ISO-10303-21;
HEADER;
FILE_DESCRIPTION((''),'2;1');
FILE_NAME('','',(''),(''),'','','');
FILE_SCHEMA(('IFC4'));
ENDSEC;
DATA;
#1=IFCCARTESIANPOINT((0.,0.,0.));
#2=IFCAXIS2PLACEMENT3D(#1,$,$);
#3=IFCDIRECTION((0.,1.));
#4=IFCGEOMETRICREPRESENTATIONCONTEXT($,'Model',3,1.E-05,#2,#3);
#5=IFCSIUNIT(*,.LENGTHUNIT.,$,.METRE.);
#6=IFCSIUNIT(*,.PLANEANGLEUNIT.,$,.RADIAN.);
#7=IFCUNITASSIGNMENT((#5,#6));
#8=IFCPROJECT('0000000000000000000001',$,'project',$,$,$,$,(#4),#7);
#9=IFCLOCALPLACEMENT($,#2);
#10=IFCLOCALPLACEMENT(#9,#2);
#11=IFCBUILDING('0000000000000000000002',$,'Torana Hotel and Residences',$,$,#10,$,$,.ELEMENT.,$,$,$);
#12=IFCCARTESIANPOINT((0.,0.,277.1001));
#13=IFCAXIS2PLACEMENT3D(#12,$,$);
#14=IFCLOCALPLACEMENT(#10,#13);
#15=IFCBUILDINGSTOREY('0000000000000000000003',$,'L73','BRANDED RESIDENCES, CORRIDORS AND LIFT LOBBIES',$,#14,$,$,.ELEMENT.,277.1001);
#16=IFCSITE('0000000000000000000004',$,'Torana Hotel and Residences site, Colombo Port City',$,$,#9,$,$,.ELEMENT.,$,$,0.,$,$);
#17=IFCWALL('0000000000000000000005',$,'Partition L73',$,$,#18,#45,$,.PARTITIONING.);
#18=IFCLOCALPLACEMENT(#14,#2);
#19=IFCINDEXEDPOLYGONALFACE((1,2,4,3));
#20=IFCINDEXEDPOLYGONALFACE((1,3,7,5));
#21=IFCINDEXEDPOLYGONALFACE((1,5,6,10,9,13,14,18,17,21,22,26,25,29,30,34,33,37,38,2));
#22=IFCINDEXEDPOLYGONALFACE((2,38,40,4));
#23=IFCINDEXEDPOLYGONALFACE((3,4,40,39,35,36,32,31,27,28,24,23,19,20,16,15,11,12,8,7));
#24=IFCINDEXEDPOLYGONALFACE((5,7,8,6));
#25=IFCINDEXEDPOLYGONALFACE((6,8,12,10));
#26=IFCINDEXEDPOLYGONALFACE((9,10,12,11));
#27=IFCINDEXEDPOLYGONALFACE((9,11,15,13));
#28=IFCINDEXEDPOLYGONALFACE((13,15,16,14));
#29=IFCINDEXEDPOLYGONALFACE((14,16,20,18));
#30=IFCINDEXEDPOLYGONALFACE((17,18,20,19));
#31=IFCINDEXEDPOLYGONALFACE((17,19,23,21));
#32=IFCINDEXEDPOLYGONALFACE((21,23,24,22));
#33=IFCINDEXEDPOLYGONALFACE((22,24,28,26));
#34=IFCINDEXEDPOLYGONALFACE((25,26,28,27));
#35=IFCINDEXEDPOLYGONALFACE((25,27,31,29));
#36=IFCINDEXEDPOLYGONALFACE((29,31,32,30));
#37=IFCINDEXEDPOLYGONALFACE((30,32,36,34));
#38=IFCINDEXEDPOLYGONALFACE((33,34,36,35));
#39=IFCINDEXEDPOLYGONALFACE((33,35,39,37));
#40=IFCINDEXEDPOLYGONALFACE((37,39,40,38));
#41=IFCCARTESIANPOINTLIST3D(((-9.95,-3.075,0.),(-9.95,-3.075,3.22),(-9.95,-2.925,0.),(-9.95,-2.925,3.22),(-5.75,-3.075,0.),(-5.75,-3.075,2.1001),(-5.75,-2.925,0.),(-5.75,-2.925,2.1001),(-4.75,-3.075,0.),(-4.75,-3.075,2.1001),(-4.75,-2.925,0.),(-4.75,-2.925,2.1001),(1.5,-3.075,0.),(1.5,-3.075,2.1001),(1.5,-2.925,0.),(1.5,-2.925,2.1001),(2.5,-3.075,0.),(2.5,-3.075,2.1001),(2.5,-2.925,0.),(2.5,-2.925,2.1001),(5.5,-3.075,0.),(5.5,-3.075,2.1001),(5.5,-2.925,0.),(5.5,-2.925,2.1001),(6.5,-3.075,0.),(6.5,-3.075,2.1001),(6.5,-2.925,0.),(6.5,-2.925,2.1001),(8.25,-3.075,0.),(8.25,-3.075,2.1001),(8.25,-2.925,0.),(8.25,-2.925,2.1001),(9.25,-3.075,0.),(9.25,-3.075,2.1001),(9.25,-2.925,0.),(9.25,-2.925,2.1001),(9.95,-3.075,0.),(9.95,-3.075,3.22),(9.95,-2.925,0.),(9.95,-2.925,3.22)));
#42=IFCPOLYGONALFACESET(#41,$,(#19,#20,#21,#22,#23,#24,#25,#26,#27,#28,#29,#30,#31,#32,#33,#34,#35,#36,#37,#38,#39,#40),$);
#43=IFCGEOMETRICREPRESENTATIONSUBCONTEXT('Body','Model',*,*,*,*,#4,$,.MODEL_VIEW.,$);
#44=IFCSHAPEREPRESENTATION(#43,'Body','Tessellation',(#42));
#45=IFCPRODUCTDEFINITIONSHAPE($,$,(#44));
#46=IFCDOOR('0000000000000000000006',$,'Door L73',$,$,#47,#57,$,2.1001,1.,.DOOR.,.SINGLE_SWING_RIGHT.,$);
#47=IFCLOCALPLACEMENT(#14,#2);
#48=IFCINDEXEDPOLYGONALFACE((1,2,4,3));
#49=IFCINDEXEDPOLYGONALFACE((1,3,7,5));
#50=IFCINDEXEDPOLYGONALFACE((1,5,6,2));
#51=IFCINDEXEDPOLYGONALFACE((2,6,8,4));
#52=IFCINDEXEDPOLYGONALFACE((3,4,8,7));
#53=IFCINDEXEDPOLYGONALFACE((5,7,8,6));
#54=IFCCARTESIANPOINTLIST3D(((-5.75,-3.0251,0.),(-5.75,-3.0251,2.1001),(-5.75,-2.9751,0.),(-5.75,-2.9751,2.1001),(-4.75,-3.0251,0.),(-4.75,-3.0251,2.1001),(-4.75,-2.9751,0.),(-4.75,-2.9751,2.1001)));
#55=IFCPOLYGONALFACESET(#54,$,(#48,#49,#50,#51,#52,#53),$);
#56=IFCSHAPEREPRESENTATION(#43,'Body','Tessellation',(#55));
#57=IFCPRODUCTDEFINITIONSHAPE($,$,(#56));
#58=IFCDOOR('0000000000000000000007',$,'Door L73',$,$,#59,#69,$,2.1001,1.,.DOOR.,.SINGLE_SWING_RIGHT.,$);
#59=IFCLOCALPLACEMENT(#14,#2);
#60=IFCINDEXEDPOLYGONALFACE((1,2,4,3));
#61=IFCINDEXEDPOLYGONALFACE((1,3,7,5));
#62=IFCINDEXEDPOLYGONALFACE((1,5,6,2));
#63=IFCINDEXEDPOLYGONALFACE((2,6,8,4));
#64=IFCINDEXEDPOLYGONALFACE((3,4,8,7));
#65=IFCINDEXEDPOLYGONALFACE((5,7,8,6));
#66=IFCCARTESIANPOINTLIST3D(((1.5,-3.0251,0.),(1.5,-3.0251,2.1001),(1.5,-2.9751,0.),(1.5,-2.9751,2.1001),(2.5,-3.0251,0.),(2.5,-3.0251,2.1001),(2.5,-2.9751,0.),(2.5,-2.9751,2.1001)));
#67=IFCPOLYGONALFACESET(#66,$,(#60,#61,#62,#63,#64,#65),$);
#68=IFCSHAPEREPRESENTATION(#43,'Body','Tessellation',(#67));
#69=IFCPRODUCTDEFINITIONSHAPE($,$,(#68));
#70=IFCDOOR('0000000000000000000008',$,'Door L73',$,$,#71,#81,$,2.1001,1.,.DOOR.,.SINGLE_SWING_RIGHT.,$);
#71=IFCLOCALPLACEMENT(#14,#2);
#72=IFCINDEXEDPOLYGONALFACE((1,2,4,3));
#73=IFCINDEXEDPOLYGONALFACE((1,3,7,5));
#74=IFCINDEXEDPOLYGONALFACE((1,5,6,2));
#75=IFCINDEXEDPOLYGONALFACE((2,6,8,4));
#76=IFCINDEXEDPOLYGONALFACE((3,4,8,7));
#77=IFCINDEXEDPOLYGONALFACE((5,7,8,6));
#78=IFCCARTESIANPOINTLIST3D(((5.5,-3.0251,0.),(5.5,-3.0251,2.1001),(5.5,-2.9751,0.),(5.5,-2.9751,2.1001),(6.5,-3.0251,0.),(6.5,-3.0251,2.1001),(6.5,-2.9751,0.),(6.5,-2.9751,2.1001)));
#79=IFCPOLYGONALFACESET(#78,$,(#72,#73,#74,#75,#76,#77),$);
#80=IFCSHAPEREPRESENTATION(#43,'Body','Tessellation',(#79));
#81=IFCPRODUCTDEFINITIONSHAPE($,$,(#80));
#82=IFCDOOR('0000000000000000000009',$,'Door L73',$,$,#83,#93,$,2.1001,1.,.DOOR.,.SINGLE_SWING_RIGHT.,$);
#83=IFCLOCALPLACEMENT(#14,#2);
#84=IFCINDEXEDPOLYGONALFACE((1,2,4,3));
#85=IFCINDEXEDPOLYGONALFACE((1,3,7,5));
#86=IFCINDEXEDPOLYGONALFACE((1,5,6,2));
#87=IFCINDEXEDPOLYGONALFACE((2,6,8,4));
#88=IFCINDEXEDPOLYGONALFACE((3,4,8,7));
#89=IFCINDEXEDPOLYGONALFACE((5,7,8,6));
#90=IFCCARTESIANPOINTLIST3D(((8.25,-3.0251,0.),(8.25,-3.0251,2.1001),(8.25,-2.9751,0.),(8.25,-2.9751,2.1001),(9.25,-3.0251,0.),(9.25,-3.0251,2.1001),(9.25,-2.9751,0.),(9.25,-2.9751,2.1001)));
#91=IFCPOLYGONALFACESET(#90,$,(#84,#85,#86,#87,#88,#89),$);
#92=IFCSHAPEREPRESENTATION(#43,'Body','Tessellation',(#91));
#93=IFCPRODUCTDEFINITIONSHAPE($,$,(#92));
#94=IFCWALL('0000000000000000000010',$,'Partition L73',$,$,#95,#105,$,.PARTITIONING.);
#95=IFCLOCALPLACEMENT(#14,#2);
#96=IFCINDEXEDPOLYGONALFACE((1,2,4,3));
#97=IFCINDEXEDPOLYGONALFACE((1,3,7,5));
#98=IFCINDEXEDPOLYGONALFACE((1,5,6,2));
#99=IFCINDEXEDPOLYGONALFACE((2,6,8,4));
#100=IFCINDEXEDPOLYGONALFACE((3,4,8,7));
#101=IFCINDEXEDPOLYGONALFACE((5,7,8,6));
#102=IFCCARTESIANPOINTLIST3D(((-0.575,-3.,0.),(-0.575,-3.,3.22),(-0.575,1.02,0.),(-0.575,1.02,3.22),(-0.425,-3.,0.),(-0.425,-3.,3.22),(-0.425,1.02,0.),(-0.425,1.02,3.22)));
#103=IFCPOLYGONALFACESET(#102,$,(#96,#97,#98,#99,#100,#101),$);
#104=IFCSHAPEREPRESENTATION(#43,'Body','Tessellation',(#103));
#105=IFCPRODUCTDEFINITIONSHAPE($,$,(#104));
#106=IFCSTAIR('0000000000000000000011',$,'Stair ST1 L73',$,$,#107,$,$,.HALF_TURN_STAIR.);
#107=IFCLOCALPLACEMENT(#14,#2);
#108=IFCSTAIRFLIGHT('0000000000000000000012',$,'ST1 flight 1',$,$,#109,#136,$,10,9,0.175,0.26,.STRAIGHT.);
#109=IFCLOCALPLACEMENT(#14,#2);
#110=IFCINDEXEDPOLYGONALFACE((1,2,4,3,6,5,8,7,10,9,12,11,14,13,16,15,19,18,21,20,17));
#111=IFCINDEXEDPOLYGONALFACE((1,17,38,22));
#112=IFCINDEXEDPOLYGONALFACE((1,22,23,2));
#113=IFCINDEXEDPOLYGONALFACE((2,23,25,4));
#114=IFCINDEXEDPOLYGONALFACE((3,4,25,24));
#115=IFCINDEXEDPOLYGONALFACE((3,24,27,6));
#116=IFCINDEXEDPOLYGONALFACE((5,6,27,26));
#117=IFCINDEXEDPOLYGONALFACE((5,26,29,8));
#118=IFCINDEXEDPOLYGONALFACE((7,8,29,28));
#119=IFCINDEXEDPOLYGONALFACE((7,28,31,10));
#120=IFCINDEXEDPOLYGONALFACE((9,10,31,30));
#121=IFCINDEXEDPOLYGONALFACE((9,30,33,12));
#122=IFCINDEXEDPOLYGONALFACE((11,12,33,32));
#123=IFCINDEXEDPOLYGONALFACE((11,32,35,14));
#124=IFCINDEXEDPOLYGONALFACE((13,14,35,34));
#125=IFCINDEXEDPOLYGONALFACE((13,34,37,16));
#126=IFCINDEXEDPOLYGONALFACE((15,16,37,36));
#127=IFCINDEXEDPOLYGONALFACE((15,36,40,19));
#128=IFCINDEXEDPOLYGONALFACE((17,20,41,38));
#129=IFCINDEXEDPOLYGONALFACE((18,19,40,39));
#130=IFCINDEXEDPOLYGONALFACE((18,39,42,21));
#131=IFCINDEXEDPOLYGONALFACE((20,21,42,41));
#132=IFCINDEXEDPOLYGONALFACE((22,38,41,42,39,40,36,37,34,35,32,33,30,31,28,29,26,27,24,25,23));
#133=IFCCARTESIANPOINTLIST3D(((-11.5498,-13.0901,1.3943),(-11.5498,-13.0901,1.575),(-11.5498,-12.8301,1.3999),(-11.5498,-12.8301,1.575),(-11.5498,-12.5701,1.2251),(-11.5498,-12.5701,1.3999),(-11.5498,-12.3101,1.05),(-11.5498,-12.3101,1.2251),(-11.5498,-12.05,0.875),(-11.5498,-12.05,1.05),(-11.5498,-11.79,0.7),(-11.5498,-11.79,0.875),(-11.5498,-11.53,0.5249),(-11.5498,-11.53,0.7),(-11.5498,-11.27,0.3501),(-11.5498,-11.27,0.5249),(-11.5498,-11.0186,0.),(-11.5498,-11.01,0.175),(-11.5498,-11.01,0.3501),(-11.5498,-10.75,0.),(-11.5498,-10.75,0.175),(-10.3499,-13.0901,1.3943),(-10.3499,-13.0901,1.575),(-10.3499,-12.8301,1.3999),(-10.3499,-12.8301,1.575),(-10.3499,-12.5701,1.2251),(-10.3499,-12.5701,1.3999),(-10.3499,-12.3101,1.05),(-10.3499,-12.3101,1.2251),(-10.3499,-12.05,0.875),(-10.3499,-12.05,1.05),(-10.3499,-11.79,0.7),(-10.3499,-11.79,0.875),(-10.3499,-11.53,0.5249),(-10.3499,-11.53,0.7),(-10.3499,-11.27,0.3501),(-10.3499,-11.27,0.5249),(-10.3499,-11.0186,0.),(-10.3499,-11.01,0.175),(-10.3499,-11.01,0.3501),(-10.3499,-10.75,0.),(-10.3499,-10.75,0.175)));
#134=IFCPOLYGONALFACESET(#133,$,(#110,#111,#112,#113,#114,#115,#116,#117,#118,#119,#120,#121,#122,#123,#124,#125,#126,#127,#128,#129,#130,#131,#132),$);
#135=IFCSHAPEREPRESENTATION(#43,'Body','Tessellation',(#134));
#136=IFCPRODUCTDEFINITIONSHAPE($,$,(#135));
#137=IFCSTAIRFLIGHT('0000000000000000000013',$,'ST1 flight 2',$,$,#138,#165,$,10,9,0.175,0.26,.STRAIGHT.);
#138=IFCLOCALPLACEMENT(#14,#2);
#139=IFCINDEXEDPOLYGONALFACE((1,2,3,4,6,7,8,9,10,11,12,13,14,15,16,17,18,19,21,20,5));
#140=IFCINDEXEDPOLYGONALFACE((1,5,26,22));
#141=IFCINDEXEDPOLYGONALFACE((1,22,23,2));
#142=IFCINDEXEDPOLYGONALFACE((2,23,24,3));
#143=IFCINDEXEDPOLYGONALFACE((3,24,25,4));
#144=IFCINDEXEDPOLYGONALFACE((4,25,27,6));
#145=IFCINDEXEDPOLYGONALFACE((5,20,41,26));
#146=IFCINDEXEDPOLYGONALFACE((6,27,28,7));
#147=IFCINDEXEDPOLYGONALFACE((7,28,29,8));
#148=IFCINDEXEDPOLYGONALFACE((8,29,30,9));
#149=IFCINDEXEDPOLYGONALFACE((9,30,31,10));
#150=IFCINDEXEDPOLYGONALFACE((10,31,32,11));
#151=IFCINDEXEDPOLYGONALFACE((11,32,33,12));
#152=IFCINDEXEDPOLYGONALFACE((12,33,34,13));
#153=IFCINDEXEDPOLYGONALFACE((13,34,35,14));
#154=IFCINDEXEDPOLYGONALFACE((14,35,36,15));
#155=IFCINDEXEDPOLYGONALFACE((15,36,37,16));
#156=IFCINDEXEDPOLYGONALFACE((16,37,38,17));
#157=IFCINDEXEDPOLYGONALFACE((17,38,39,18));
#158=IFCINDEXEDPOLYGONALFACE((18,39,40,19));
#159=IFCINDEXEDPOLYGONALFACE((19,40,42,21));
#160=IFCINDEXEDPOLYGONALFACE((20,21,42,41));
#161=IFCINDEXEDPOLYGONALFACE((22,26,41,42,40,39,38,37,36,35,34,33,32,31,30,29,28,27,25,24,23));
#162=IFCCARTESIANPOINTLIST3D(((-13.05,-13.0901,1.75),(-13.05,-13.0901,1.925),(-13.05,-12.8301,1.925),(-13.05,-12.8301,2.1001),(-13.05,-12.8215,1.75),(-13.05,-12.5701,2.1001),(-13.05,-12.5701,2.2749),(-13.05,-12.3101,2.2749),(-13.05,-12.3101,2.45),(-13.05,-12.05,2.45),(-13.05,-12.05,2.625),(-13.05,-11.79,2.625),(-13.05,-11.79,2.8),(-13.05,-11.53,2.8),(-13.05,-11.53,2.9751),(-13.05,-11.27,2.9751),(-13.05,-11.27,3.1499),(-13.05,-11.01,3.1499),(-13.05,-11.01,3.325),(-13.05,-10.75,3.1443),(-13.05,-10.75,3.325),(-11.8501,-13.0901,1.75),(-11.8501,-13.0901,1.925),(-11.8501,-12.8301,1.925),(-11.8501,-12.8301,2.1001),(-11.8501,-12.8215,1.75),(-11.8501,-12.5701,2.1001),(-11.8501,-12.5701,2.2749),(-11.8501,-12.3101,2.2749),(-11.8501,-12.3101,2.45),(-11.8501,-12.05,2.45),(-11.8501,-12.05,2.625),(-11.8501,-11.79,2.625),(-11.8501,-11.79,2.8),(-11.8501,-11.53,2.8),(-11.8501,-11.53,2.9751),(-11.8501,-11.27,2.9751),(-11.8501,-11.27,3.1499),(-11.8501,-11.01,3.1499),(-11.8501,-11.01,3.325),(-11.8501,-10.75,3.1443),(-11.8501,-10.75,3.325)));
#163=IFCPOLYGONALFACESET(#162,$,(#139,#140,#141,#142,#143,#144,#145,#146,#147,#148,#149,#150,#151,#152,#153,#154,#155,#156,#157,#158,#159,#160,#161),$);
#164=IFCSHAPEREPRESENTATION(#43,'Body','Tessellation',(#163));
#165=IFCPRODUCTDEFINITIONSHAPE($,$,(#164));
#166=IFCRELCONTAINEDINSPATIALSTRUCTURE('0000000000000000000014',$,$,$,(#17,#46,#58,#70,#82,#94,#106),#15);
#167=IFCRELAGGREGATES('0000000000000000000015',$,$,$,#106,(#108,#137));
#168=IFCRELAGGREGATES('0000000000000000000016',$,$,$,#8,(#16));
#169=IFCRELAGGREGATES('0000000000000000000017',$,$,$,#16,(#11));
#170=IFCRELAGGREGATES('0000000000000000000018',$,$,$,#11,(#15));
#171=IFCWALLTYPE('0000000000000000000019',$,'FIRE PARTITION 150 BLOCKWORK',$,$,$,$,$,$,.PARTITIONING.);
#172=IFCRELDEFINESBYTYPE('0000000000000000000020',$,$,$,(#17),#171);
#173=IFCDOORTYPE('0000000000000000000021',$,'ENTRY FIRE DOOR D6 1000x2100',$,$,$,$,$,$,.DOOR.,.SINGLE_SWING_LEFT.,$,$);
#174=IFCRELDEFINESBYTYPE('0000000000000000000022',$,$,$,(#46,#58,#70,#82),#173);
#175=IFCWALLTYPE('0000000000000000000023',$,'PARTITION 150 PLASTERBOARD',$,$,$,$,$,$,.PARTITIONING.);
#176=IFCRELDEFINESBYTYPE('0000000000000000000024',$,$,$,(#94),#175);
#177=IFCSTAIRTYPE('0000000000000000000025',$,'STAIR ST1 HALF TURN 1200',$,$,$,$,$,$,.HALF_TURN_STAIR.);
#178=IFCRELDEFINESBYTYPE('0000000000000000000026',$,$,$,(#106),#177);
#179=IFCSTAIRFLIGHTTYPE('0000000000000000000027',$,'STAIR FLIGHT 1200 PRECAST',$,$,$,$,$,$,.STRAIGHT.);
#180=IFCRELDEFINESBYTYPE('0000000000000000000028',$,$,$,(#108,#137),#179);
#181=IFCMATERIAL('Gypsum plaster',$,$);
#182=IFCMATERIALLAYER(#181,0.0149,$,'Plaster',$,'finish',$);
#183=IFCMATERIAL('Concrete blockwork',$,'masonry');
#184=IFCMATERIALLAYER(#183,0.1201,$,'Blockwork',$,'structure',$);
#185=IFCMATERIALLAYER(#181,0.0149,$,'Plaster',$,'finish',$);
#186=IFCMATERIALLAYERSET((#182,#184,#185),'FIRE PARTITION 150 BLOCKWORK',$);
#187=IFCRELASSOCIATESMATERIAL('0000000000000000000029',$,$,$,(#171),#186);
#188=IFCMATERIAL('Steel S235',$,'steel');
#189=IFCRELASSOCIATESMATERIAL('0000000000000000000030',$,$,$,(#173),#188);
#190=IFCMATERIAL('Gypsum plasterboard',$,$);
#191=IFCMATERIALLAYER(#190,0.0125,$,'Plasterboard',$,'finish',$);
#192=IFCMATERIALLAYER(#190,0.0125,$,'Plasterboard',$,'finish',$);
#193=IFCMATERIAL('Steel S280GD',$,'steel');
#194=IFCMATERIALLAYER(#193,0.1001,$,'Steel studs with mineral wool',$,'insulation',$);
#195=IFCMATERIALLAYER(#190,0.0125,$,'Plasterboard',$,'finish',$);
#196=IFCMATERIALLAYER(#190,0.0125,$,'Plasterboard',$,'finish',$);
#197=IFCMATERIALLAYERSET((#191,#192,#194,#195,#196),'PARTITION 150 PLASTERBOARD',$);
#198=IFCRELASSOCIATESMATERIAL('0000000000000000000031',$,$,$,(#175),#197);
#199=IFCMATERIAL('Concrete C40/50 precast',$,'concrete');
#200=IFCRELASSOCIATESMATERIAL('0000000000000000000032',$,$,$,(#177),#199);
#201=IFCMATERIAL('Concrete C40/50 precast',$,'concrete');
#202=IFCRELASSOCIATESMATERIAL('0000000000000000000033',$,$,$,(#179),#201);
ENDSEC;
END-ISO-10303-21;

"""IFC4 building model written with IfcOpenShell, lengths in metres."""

from ifc_helpers import new_model, si_unit, direction, frame, frame_2d, origin, place, context, subcontext, project, spatial, polyline, rectangle, outline, extrude, material, layer, layer_set, type_object, element, fill, aggregate, save


model = new_model("IFC4")

# Units and contexts
model_context = context("Model", 3, precision=1e-05, world=origin(), true_north=direction((0.0, 1.0)))
body_context = subcontext(model_context, "Body", "Model", "MODEL_VIEW")
ifc_project = project(units=[si_unit("LENGTHUNIT", "METRE"), si_unit("PLANEANGLEUNIT", "RADIAN")], contexts=[model_context])

# Site, building, storey
site_placement = place(None, origin())
site = spatial("IfcSite", under=ifc_project, at=site_placement, Name="Torana Hotel and Residences site, Colombo Port City", CompositionType="ELEMENT", RefElevation=0.0)
building_placement = place(site_placement, origin())
building = spatial("IfcBuilding", under=site, at=building_placement, Name="Torana Hotel and Residences", CompositionType="ELEMENT")
storey_placement = place(building_placement, frame((0.0, 0.0, 277.1001)))
storey = spatial("IfcBuildingStorey", under=building, at=storey_placement, Name="L73", Description="BRANDED RESIDENCES, CORRIDORS AND LIFT LOBBIES", CompositionType="ELEMENT", Elevation=277.1001)

# Shared definitions
ifc_material_1 = material(Name="Gypsum plaster")
ifc_layer_1 = layer(ifc_material_1, 0.0149, Name="Plaster", Category="finish")
ifc_material_2 = material(Name="Concrete blockwork", Category="masonry")
ifc_layer_2 = layer(ifc_material_2, 0.1201, Name="Blockwork", Category="structure")
ifc_layer_3 = layer(ifc_material_1, 0.0149, Name="Plaster", Category="finish")
ifc_layer_set_1 = layer_set([ifc_layer_1, ifc_layer_2, ifc_layer_3], Name="FIRE PARTITION 150 BLOCKWORK")
wall_type_1 = type_object("IfcWallType", Name="FIRE PARTITION 150 BLOCKWORK", PredefinedType="PARTITIONING", material=ifc_layer_set_1)

# Wall, openings, doors
ifc_material_3 = material(Name="Steel S235", Category="steel")
door_type_1 = type_object("IfcDoorType", Name="ENTRY FIRE DOOR D6 1000x2100", OperationType="SINGLE_SWING_LEFT", PredefinedType="DOOR", material=ifc_material_3)
wall_1_placement = place(storey_placement, frame((-9.95, -3.0, 0.0), z_axis=(0.0, 0.0, 1.0), x_axis=(1.0, 0.0, 0.0)))
wall_1 = element("IfcWall", 1, at=wall_1_placement, inside=storey, type_object=wall_type_1, Name="Partition L73", PredefinedType="PARTITIONING", context=body_context, shape_type="SweptSolid", body=[
    extrude(rectangle(XDim=19.8999, YDim=0.1499, at=frame_2d((9.95, 0.0))), origin(), (0.0, 0.0, 1.0), 3.22),
])
opening_1_placement = place(wall_1_placement, frame((4.2, 0.0, 0.0)))
opening_1 = element("IfcOpeningElement", 2, at=opening_1_placement, cuts=wall_1, PredefinedType="OPENING", context=body_context, shape_type="SweptSolid", body=[
    extrude(rectangle(XDim=1.0, YDim=2.1001, at=frame_2d((0.5, 1.05))), frame((0.0, 0.085, 0.0), z_axis=(0.0, -1.0, 0.0), x_axis=(1.0, 0.0, 0.0)), (0.0, 0.0, 1.0), 0.1699),
])
opening_2_placement = place(wall_1_placement, frame((11.45, 0.0, 0.0)))
opening_2 = element("IfcOpeningElement", 3, at=opening_2_placement, cuts=wall_1, PredefinedType="OPENING", context=body_context, shape_type="SweptSolid", body=[
    extrude(rectangle(XDim=1.0, YDim=2.1001, at=frame_2d((0.5, 1.05))), frame((0.0, 0.085, 0.0), z_axis=(0.0, -1.0, 0.0), x_axis=(1.0, 0.0, 0.0)), (0.0, 0.0, 1.0), 0.1699),
])
opening_3_placement = place(wall_1_placement, frame((15.45, 0.0, 0.0)))
opening_3 = element("IfcOpeningElement", 4, at=opening_3_placement, cuts=wall_1, PredefinedType="OPENING", context=body_context, shape_type="SweptSolid", body=[
    extrude(rectangle(XDim=1.0, YDim=2.1001, at=frame_2d((0.5, 1.05))), frame((0.0, 0.085, 0.0), z_axis=(0.0, -1.0, 0.0), x_axis=(1.0, 0.0, 0.0)), (0.0, 0.0, 1.0), 0.1699),
])
opening_4_placement = place(wall_1_placement, frame((18.2, 0.0, 0.0)))
opening_4 = element("IfcOpeningElement", 5, at=opening_4_placement, cuts=wall_1, PredefinedType="OPENING", context=body_context, shape_type="SweptSolid", body=[
    extrude(rectangle(XDim=1.0, YDim=2.1001, at=frame_2d((0.5, 1.05))), frame((0.0, 0.085, 0.0), z_axis=(0.0, -1.0, 0.0), x_axis=(1.0, 0.0, 0.0)), (0.0, 0.0, 1.0), 0.1699),
])
door_1_placement = place(opening_1_placement, origin())
door_1 = element("IfcDoor", 6, at=door_1_placement, inside=storey, type_object=door_type_1, Name="Door L73", OperationType="SINGLE_SWING_RIGHT", OverallHeight=2.1001, OverallWidth=1.0, PredefinedType="DOOR", context=body_context, shape_type="SweptSolid", body=[
    extrude(rectangle(XDim=1.0, YDim=2.1001, at=frame_2d((0.5, 1.05))), frame((0.0, 0.0249, 0.0), z_axis=(0.0, -1.0, 0.0), x_axis=(1.0, 0.0, 0.0)), (0.0, 0.0, 1.0), 0.05),
])
fill(opening_1, door_1)
door_2_placement = place(opening_2_placement, origin())
door_2 = element("IfcDoor", 7, at=door_2_placement, inside=storey, type_object=door_type_1, Name="Door L73", OperationType="SINGLE_SWING_RIGHT", OverallHeight=2.1001, OverallWidth=1.0, PredefinedType="DOOR", context=body_context, shape_type="SweptSolid", body=[
    extrude(rectangle(XDim=1.0, YDim=2.1001, at=frame_2d((0.5, 1.05))), frame((0.0, 0.0249, 0.0), z_axis=(0.0, -1.0, 0.0), x_axis=(1.0, 0.0, 0.0)), (0.0, 0.0, 1.0), 0.05),
])
fill(opening_2, door_2)
door_3_placement = place(opening_3_placement, origin())
door_3 = element("IfcDoor", 8, at=door_3_placement, inside=storey, type_object=door_type_1, Name="Door L73", OperationType="SINGLE_SWING_RIGHT", OverallHeight=2.1001, OverallWidth=1.0, PredefinedType="DOOR", context=body_context, shape_type="SweptSolid", body=[
    extrude(rectangle(XDim=1.0, YDim=2.1001, at=frame_2d((0.5, 1.05))), frame((0.0, 0.0249, 0.0), z_axis=(0.0, -1.0, 0.0), x_axis=(1.0, 0.0, 0.0)), (0.0, 0.0, 1.0), 0.05),
])
fill(opening_3, door_3)
door_4_placement = place(opening_4_placement, origin())
door_4 = element("IfcDoor", 9, at=door_4_placement, inside=storey, type_object=door_type_1, Name="Door L73", OperationType="SINGLE_SWING_RIGHT", OverallHeight=2.1001, OverallWidth=1.0, PredefinedType="DOOR", context=body_context, shape_type="SweptSolid", body=[
    extrude(rectangle(XDim=1.0, YDim=2.1001, at=frame_2d((0.5, 1.05))), frame((0.0, 0.0249, 0.0), z_axis=(0.0, -1.0, 0.0), x_axis=(1.0, 0.0, 0.0)), (0.0, 0.0, 1.0), 0.05),
])
fill(opening_4, door_4)

# Wall
ifc_material_4 = material(Name="Gypsum plasterboard")
ifc_layer_4 = layer(ifc_material_4, 0.0125, Name="Plasterboard", Category="finish")
ifc_layer_5 = layer(ifc_material_4, 0.0125, Name="Plasterboard", Category="finish")
ifc_material_5 = material(Name="Steel S280GD", Category="steel")
ifc_layer_6 = layer(ifc_material_5, 0.1001, Name="Steel studs with mineral wool", Category="insulation")
ifc_layer_7 = layer(ifc_material_4, 0.0125, Name="Plasterboard", Category="finish")
ifc_layer_8 = layer(ifc_material_4, 0.0125, Name="Plasterboard", Category="finish")
ifc_layer_set_2 = layer_set([ifc_layer_4, ifc_layer_5, ifc_layer_6, ifc_layer_7, ifc_layer_8], Name="PARTITION 150 PLASTERBOARD")
wall_type_2 = type_object("IfcWallType", Name="PARTITION 150 PLASTERBOARD", PredefinedType="PARTITIONING", material=ifc_layer_set_2)
wall_2_placement = place(storey_placement, frame((-0.5, -3.0, 0.0), z_axis=(0.0, 0.0, 1.0), x_axis=(0.0, 1.0, 0.0)))
element("IfcWall", 10, at=wall_2_placement, inside=storey, type_object=wall_type_2, Name="Partition L73", PredefinedType="PARTITIONING", context=body_context, shape_type="SweptSolid", body=[
    extrude(rectangle(XDim=4.02, YDim=0.1499, at=frame_2d((2.01, 0.0))), origin(), (0.0, 0.0, 1.0), 3.22),
])

# Stair, stair flights
ifc_material_6 = material(Name="Concrete C40/50 precast", Category="concrete")
stair_type = type_object("IfcStairType", Name="STAIR ST1 HALF TURN 1200", PredefinedType="HALF_TURN_STAIR", material=ifc_material_6)
stair_placement = place(storey_placement, origin())
stair = element("IfcStair", 11, at=stair_placement, inside=storey, type_object=stair_type, Name="Stair ST1 L73", PredefinedType="HALF_TURN_STAIR")
ifc_material_7 = material(Name="Concrete C40/50 precast", Category="concrete")
stair_flight_type = type_object("IfcStairFlightType", Name="STAIR FLIGHT 1200 PRECAST", PredefinedType="STRAIGHT", material=ifc_material_7)
stair_flight_1_placement = place(storey_placement, frame((-10.95, -10.75, 0.0), z_axis=(0.0, 0.0, 1.0), x_axis=(0.0, -1.0, 0.0)))
stair_flight_1 = element("IfcStairFlight", 12, at=stair_flight_1_placement, type_object=stair_flight_type, Name="ST1 flight 1", NumberOfRisers=10, NumberOfTreads=9, PredefinedType="STRAIGHT", RiserHeight=0.175, TreadLength=0.26, context=body_context, shape_type="SweptSolid", body=[
    extrude(outline(polyline([(0.0, 0.0), (0.0, 0.175), (0.26, 0.175), (0.26, 0.3501), (0.52, 0.3501), (0.52, 0.5249), (0.78, 0.5249), (0.78, 0.7), (1.04, 0.7), (1.04, 0.875), (1.3, 0.875), (1.3, 1.05), (1.5601, 1.05), (1.5601, 1.2251), (1.8201, 1.2251), (1.8201, 1.3999), (2.0801, 1.3999), (2.0801, 1.575), (2.3401, 1.575), (2.3401, 1.75), (2.3401, 1.3943), (0.2686, 0.0), (0.0, 0.0)])), frame((0.0, 0.6001, 0.0), z_axis=(0.0, -1.0, 0.0), x_axis=(1.0, 0.0, 0.0)), (0.0, 0.0, 1.0), 1.2),
])
stair_flight_2_placement = place(storey_placement, frame((-12.45, -13.0901, 1.75), z_axis=(0.0, 0.0, 1.0), x_axis=(0.0, 1.0, 0.0)))
stair_flight_2 = element("IfcStairFlight", 13, at=stair_flight_2_placement, type_object=stair_flight_type, Name="ST1 flight 2", NumberOfRisers=10, NumberOfTreads=9, PredefinedType="STRAIGHT", RiserHeight=0.175, TreadLength=0.26, context=body_context, shape_type="SweptSolid", body=[
    extrude(outline(polyline([(0.0, 0.0), (0.0, 0.175), (0.26, 0.175), (0.26, 0.3501), (0.52, 0.3501), (0.52, 0.5249), (0.78, 0.5249), (0.78, 0.7), (1.04, 0.7), (1.04, 0.875), (1.3, 0.875), (1.3, 1.05), (1.5601, 1.05), (1.5601, 1.2251), (1.8201, 1.2251), (1.8201, 1.3999), (2.0801, 1.3999), (2.0801, 1.575), (2.3401, 1.575), (2.3401, 1.75), (2.3401, 1.3943), (0.2686, 0.0), (0.0, 0.0)])), frame((0.0, 0.6001, 0.0), z_axis=(0.0, -1.0, 0.0), x_axis=(1.0, 0.0, 0.0)), (0.0, 0.0, 1.0), 1.2),
])
aggregate(stair, [stair_flight_1, stair_flight_2])

save(model, "model.ifc")
